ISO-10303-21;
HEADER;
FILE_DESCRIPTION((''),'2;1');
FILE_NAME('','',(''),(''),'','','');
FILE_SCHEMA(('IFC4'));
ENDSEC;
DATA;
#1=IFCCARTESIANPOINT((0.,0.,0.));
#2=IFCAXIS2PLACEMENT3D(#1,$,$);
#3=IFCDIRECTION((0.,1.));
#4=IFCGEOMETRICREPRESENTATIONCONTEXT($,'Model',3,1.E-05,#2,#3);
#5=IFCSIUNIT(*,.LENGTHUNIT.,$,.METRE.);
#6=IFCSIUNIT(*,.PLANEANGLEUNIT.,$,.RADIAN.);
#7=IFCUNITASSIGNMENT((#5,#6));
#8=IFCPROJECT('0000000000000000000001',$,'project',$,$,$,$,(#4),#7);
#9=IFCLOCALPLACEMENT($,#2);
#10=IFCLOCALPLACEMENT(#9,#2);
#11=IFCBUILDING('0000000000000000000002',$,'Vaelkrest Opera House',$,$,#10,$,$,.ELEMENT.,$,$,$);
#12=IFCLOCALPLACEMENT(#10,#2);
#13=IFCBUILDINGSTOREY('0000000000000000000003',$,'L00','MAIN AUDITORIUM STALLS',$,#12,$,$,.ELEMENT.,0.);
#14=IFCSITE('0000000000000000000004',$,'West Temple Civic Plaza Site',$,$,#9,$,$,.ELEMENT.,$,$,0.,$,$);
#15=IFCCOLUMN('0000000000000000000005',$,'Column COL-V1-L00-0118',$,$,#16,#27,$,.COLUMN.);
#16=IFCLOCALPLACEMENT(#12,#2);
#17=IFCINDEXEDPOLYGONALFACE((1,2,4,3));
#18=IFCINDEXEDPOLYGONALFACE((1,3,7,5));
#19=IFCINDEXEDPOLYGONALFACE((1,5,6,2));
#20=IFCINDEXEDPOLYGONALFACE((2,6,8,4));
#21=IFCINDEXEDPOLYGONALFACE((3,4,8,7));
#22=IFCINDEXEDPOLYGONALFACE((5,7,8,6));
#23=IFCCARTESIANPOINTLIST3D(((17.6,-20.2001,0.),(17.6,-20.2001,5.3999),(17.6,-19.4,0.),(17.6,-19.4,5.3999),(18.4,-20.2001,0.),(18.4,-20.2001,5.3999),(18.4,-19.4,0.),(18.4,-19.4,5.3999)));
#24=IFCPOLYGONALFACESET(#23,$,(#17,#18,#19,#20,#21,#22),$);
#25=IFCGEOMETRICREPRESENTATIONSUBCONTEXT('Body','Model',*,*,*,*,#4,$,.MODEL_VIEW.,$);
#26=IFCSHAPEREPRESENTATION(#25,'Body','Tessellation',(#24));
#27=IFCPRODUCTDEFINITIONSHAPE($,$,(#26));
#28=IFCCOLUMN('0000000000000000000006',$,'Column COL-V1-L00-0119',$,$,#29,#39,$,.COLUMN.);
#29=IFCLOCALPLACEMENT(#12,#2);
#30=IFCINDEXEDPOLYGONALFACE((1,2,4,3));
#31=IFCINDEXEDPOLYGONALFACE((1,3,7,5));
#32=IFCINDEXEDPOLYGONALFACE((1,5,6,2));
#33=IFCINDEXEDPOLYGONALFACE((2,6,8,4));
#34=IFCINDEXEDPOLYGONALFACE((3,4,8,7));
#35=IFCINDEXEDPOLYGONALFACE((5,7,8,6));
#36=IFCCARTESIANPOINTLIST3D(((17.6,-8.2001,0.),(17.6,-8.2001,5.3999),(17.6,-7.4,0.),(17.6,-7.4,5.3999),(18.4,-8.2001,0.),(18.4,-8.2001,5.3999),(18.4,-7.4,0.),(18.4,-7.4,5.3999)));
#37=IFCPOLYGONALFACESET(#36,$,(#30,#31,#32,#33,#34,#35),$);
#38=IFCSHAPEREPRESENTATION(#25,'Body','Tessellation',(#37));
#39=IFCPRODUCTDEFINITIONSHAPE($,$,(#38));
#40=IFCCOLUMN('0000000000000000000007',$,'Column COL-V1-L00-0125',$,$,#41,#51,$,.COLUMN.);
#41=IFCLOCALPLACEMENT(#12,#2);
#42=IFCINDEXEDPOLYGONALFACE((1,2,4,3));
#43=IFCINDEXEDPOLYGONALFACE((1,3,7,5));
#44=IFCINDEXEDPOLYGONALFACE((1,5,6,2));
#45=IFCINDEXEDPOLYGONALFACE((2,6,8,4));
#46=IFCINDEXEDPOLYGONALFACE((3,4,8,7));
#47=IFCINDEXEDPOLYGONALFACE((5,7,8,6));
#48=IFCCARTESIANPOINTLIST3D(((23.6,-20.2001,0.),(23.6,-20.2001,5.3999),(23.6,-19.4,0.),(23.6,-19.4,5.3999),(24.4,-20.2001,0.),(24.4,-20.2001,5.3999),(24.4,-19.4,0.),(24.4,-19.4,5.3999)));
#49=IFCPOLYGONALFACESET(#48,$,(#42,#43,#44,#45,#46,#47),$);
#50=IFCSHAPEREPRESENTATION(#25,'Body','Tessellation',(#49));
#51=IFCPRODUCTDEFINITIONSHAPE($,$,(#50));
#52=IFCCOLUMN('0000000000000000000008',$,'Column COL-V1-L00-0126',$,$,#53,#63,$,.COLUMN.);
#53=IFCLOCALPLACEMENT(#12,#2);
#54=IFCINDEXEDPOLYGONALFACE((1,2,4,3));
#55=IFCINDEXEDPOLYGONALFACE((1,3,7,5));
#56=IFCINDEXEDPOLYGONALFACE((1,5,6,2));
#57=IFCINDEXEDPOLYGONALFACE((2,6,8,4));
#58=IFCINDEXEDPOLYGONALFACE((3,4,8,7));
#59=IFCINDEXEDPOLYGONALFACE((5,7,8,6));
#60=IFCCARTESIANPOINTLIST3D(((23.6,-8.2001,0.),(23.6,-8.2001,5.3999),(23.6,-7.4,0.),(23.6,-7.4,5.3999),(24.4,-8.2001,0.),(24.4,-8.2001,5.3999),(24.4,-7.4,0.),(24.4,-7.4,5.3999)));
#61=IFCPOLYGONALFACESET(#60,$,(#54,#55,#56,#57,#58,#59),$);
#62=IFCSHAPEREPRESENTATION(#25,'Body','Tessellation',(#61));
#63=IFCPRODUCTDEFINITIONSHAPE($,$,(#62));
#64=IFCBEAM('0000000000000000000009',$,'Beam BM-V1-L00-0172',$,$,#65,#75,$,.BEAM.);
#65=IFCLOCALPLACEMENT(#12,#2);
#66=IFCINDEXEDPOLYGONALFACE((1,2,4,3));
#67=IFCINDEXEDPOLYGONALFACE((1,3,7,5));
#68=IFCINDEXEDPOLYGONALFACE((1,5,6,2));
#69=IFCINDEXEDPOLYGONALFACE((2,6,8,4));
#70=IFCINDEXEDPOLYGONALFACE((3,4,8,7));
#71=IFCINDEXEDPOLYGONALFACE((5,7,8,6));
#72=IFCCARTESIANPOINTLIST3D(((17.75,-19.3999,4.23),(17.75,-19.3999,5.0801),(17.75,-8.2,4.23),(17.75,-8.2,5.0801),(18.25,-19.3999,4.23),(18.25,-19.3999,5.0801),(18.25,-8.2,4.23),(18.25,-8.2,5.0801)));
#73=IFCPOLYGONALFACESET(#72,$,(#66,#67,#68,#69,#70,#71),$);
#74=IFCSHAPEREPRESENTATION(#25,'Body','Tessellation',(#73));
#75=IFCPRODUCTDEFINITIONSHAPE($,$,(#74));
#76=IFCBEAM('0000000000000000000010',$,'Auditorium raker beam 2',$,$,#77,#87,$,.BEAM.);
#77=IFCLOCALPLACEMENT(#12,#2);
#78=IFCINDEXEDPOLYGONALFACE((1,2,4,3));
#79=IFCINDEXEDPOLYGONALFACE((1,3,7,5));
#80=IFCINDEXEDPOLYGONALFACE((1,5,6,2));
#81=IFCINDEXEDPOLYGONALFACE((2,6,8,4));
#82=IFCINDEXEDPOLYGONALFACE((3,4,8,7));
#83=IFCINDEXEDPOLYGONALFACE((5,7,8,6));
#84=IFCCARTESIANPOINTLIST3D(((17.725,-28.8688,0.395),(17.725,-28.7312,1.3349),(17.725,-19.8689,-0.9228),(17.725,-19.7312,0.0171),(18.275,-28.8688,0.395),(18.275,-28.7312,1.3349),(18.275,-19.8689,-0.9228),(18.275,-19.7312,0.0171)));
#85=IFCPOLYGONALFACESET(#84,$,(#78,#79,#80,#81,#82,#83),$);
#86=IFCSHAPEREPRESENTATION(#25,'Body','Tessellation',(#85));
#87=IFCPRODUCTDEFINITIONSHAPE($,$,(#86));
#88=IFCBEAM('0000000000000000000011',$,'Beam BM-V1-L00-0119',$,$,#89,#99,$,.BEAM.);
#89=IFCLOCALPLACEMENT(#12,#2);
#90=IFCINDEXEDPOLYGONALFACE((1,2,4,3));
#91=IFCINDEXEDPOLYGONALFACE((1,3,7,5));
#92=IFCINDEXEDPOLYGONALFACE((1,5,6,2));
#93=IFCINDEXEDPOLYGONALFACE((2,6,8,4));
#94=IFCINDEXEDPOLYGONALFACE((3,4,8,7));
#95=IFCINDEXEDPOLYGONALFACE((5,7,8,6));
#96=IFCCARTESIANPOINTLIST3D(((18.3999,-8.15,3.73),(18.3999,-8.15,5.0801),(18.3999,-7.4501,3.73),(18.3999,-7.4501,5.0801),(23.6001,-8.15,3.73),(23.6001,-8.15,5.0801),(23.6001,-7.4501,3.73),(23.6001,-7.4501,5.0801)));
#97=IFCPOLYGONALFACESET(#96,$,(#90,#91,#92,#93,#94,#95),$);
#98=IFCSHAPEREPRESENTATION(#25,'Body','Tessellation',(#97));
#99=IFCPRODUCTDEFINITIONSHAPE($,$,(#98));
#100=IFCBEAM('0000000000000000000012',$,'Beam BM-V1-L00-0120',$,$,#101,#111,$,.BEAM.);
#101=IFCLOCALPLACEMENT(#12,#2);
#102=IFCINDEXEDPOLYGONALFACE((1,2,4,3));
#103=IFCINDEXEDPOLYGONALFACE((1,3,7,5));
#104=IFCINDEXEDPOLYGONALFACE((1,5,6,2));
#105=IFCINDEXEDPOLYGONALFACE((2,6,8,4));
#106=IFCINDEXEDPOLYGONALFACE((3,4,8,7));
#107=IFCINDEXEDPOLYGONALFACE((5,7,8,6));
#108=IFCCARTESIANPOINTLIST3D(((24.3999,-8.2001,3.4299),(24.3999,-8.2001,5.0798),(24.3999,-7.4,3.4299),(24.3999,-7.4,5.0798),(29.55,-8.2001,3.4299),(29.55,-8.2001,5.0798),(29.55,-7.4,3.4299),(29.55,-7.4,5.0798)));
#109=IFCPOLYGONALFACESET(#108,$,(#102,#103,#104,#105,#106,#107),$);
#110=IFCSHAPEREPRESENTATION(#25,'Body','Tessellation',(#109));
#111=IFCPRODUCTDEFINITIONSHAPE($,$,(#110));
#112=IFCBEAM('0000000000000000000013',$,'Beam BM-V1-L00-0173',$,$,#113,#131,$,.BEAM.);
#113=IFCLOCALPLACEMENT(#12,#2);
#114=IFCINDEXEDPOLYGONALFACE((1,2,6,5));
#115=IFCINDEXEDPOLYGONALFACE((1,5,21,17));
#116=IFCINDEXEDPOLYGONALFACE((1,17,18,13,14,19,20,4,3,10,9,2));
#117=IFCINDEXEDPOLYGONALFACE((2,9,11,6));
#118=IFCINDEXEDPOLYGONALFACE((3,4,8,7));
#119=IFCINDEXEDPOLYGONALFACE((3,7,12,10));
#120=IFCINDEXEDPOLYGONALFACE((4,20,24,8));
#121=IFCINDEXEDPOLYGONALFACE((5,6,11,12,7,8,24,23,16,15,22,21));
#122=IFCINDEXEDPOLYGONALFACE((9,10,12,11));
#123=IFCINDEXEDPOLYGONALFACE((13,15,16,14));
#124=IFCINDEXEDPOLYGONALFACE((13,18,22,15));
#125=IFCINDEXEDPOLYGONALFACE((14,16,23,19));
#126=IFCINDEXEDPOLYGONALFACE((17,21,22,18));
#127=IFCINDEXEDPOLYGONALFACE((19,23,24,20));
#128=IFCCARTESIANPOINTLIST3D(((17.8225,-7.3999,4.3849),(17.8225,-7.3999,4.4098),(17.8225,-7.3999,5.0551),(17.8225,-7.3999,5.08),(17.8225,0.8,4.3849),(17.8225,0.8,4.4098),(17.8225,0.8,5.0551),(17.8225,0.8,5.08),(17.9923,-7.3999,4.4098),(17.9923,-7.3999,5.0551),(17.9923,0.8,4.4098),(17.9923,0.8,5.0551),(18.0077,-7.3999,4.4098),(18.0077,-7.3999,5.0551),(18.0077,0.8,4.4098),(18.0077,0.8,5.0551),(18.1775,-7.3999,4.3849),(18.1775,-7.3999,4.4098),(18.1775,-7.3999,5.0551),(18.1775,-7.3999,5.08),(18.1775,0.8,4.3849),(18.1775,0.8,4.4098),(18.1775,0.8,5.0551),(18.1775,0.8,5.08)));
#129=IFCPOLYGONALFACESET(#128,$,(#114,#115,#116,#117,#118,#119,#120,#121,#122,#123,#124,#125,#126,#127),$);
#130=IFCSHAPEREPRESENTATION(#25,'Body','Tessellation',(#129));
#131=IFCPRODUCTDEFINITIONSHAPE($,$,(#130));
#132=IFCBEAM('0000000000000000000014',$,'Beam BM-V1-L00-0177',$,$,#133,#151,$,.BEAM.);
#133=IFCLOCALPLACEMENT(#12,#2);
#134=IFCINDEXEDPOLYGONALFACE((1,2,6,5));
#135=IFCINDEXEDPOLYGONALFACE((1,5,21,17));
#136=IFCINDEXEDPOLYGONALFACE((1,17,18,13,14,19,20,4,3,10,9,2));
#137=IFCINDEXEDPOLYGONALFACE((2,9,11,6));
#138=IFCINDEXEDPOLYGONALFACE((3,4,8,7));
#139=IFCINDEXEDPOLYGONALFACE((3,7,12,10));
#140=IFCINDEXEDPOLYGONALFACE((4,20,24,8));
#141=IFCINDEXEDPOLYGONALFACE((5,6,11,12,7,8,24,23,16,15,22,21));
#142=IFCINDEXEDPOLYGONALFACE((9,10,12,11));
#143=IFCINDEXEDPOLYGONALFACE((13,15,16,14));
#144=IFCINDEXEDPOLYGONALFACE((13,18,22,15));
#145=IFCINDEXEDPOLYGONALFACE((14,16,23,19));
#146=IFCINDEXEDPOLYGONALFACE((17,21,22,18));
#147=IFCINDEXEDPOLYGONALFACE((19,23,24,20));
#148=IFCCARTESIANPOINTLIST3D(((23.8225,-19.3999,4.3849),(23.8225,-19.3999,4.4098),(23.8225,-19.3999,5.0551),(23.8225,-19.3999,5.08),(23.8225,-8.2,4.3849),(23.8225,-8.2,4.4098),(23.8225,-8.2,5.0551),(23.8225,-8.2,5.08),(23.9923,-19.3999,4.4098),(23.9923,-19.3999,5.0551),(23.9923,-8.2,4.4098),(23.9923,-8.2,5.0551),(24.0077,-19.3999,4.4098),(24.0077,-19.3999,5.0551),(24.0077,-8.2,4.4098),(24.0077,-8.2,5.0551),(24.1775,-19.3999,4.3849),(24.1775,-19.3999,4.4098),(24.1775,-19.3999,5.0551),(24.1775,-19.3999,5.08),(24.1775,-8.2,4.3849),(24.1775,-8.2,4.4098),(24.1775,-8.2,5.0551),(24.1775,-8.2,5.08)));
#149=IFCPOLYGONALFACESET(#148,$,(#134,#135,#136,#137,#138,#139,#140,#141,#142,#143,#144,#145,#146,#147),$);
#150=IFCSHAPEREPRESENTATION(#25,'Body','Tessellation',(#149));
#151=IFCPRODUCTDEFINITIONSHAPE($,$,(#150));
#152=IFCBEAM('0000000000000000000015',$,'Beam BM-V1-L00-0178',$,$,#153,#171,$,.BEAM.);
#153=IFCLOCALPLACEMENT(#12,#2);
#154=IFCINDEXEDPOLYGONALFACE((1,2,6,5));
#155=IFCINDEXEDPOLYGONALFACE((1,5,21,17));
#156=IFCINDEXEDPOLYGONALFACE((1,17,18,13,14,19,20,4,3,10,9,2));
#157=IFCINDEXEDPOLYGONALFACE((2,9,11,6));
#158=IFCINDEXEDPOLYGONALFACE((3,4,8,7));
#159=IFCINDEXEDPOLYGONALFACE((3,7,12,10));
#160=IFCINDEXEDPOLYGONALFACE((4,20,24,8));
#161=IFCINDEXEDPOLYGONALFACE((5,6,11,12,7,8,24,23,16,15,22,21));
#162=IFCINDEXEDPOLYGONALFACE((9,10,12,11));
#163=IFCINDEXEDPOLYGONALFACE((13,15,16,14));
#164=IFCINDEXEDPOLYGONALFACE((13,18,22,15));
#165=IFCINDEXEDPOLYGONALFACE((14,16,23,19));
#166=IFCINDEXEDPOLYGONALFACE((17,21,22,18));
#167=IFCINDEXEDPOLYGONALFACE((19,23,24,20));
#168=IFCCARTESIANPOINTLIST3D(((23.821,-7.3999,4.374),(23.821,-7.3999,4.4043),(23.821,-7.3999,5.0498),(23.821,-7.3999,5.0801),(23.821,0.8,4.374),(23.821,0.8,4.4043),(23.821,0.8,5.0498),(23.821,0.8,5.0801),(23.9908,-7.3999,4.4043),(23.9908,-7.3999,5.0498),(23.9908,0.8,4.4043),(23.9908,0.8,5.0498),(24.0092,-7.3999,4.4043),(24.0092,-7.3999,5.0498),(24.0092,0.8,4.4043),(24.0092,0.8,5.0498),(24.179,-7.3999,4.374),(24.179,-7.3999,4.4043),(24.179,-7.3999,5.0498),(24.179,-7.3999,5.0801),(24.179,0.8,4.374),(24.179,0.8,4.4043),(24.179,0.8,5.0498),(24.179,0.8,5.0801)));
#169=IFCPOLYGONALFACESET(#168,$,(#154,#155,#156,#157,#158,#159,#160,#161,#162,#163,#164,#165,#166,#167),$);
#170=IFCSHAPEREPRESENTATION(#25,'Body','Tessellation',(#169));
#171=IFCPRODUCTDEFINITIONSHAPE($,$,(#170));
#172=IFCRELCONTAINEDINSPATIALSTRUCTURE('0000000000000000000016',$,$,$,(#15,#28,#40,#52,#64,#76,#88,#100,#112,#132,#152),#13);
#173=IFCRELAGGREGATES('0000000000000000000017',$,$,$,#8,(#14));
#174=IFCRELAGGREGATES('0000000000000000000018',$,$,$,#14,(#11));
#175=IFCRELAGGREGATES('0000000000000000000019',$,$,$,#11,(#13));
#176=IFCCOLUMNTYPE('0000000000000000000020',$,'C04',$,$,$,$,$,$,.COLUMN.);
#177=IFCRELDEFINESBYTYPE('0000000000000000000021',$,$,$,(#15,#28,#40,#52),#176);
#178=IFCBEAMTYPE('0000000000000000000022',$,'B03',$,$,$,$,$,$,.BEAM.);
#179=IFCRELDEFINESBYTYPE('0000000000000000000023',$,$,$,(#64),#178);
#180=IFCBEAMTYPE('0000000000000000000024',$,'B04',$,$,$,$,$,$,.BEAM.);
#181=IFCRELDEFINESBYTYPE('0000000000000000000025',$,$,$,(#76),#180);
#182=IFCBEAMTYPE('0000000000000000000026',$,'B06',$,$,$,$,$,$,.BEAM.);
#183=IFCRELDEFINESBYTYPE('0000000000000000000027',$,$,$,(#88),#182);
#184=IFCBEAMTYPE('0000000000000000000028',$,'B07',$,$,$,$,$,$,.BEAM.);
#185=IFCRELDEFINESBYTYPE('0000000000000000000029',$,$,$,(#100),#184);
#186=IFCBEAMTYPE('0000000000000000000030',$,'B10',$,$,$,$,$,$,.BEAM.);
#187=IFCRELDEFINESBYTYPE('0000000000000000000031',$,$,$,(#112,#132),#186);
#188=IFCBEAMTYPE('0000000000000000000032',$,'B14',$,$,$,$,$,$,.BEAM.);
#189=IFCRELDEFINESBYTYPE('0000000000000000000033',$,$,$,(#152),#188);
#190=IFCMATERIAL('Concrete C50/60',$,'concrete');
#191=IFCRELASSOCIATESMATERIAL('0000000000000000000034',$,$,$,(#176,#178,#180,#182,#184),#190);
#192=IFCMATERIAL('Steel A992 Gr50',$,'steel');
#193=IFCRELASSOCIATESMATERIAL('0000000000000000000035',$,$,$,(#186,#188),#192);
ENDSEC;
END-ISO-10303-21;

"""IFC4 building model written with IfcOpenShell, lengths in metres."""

from ifc_helpers import new_model, si_unit, direction, frame, origin, origin_2d, place, context, subcontext, project, spatial, rectangle, i_section, extrude, material, material_profile, profile_set, type_object, element, save


model = new_model("IFC4")

# Units and contexts
model_context = context("Model", 3, precision=1e-05, world=origin(), true_north=direction((0.0, 1.0)))
body_context = subcontext(model_context, "Body", "Model", "MODEL_VIEW")
ifc_project = project(units=[si_unit("LENGTHUNIT", "METRE"), si_unit("PLANEANGLEUNIT", "RADIAN")], contexts=[model_context])

# Site, building, storey
site_placement = place(None, origin())
site = spatial("IfcSite", under=ifc_project, at=site_placement, Name="West Temple Civic Plaza Site", CompositionType="ELEMENT", RefElevation=0.0)
building_placement = place(site_placement, origin())
building = spatial("IfcBuilding", under=site, at=building_placement, Name="Vaelkrest Opera House", CompositionType="ELEMENT")
storey_placement = place(building_placement, origin())
storey = spatial("IfcBuildingStorey", under=building, at=storey_placement, Name="L00", Description="MAIN AUDITORIUM STALLS", CompositionType="ELEMENT", Elevation=0.0)

# Columns
ifc_material_1 = material(Name="Concrete C50/60", Category="concrete")
ifc_material_profile_1 = material_profile(ifc_material_1, rectangle(XDim=0.8, YDim=0.8, at=origin_2d()), Name="RC800X800")
ifc_profile_set_1 = profile_set([ifc_material_profile_1], Name="Concrete C50/60")
column_type = type_object("IfcColumnType", Name="C04", PredefinedType="COLUMN", material=ifc_profile_set_1)
for number, where, z_axis, x_axis, name in (
    (1, (18.0, -19.8, 0.0), (0.0, 0.0, 1.0), (1.0, 0.0, 0.0), "Column COL-V1-L00-0118"),
    (2, (18.0, -7.8, 0.0), (0.0, 0.0, 1.0), (1.0, 0.0, 0.0), "Column COL-V1-L00-0119"),
    (3, (24.0, -19.8, 0.0), (0.0, 0.0, 1.0), (1.0, 0.0, 0.0), "Column COL-V1-L00-0125"),
    (4, (24.0, -7.8, 0.0), (0.0, 0.0, 1.0), (1.0, 0.0, 0.0), "Column COL-V1-L00-0126"),
):
    element("IfcColumn", number, at=place(storey_placement, frame(where, z_axis=z_axis, x_axis=x_axis)), inside=storey, type_object=column_type, Name=name, PredefinedType="COLUMN", context=body_context, shape_type="SweptSolid", body=[
        extrude(rectangle(XDim=0.8, YDim=0.8, at=origin_2d()), origin(), (0.0, 0.0, 1.0), 5.3999),
    ])

# Beams
ifc_material_profile_2 = material_profile(ifc_material_1, rectangle(XDim=0.5, YDim=0.8501, at=origin_2d()), Name="RCB500X850")
ifc_profile_set_2 = profile_set([ifc_material_profile_2], Name="Concrete C50/60")
beam_type_1 = type_object("IfcBeamType", Name="B03", PredefinedType="BEAM", material=ifc_profile_set_2)
beam_1_placement = place(storey_placement, frame((18.0, -19.3999, 4.655), z_axis=(0.0, 1.0, 0.0), x_axis=(-1.0, 0.0, 0.0)))
element("IfcBeam", 5, at=beam_1_placement, inside=storey, type_object=beam_type_1, Name="Beam BM-V1-L00-0172", PredefinedType="BEAM", context=body_context, shape_type="SweptSolid", body=[
    extrude(rectangle(XDim=0.5, YDim=0.8501, at=origin_2d()), origin(), (0.0, 0.0, 1.0), 11.2),
])
ifc_material_profile_3 = material_profile(ifc_material_1, rectangle(XDim=0.55, YDim=0.95, at=origin_2d()), Name="RCB550X950")
ifc_profile_set_3 = profile_set([ifc_material_profile_3], Name="Concrete C50/60")
beam_type_2 = type_object("IfcBeamType", Name="B04", PredefinedType="BEAM", material=ifc_profile_set_3)
beam_2_placement = place(storey_placement, frame((18.0, -19.8, -0.4529), z_axis=(0.0, -0.989448, 0.144885), x_axis=(1.0, 0.0, 0.0)))
element("IfcBeam", 6, at=beam_2_placement, inside=storey, type_object=beam_type_2, Name="Auditorium raker beam 2", PredefinedType="BEAM", context=body_context, shape_type="SweptSolid", body=[
    extrude(rectangle(XDim=0.55, YDim=0.95, at=origin_2d()), origin(), (0.0, 0.0, 1.0), 9.0959),
])
ifc_material_profile_4 = material_profile(ifc_material_1, rectangle(XDim=0.7, YDim=1.3501, at=origin_2d()), Name="RCB700X1350")
ifc_profile_set_4 = profile_set([ifc_material_profile_4], Name="Concrete C50/60")
beam_type_3 = type_object("IfcBeamType", Name="B06", PredefinedType="BEAM", material=ifc_profile_set_4)
beam_3_placement = place(storey_placement, frame((18.3999, -7.8, 4.405), z_axis=(1.0, 0.0, 0.0), x_axis=(0.0, 1.0, 0.0)))
element("IfcBeam", 7, at=beam_3_placement, inside=storey, type_object=beam_type_3, Name="Beam BM-V1-L00-0119", PredefinedType="BEAM", context=body_context, shape_type="SweptSolid", body=[
    extrude(rectangle(XDim=0.7, YDim=1.3501, at=origin_2d()), origin(), (0.0, 0.0, 1.0), 5.2002),
])
ifc_material_profile_5 = material_profile(ifc_material_1, rectangle(XDim=0.8, YDim=1.6499, at=origin_2d()), Name="RCB800X1650")
ifc_profile_set_5 = profile_set([ifc_material_profile_5], Name="Concrete C50/60")
beam_type_4 = type_object("IfcBeamType", Name="B07", PredefinedType="BEAM", material=ifc_profile_set_5)
beam_4_placement = place(storey_placement, frame((24.3999, -7.8, 4.2549), z_axis=(1.0, 0.0, 0.0), x_axis=(0.0, 1.0, 0.0)))
element("IfcBeam", 8, at=beam_4_placement, inside=storey, type_object=beam_type_4, Name="Beam BM-V1-L00-0120", PredefinedType="BEAM", context=body_context, shape_type="SweptSolid", body=[
    extrude(rectangle(XDim=0.8, YDim=1.6499, at=origin_2d()), origin(), (0.0, 0.0, 1.0), 5.1501),
])
ifc_material_2 = material(Name="Steel A992 Gr50", Category="steel")
ifc_material_profile_6 = material_profile(ifc_material_2, i_section(OverallWidth=0.355, OverallDepth=0.6951, WebThickness=0.0154, FlangeThickness=0.0249, at=origin_2d()), Name="W27X146")
ifc_profile_set_6 = profile_set([ifc_material_profile_6], Name="Steel A992 Gr50")
beam_type_5 = type_object("IfcBeamType", Name="B10", PredefinedType="BEAM", material=ifc_profile_set_6)
beam_5_placement = place(storey_placement, frame((18.0, -7.3999, 4.7324), z_axis=(0.0, 1.0, 0.0), x_axis=(-1.0, 0.0, 0.0)))
element("IfcBeam", 9, at=beam_5_placement, inside=storey, type_object=beam_type_5, Name="Beam BM-V1-L00-0173", PredefinedType="BEAM", context=body_context, shape_type="SweptSolid", body=[
    extrude(i_section(OverallWidth=0.355, OverallDepth=0.6951, WebThickness=0.0154, FlangeThickness=0.0249, at=origin_2d()), origin(), (0.0, 0.0, 1.0), 8.2),
])
beam_6_placement = place(storey_placement, frame((24.0, -19.3999, 4.7324), z_axis=(0.0, 1.0, 0.0), x_axis=(-1.0, 0.0, 0.0)))
element("IfcBeam", 10, at=beam_6_placement, inside=storey, type_object=beam_type_5, Name="Beam BM-V1-L00-0177", PredefinedType="BEAM", context=body_context, shape_type="SweptSolid", body=[
    extrude(i_section(OverallWidth=0.355, OverallDepth=0.6951, WebThickness=0.0154, FlangeThickness=0.0249, at=origin_2d()), origin(), (0.0, 0.0, 1.0), 11.2),
])
ifc_material_profile_7 = material_profile(ifc_material_2, i_section(OverallWidth=0.3579, OverallDepth=0.7061, WebThickness=0.0183, FlangeThickness=0.0303, at=origin_2d()), Name="W27X178")
ifc_profile_set_7 = profile_set([ifc_material_profile_7], Name="Steel A992 Gr50")
beam_type_6 = type_object("IfcBeamType", Name="B14", PredefinedType="BEAM", material=ifc_profile_set_7)
beam_7_placement = place(storey_placement, frame((24.0, -7.3999, 4.7271), z_axis=(0.0, 1.0, 0.0), x_axis=(-1.0, 0.0, 0.0)))
element("IfcBeam", 11, at=beam_7_placement, inside=storey, type_object=beam_type_6, Name="Beam BM-V1-L00-0178", PredefinedType="BEAM", context=body_context, shape_type="SweptSolid", body=[
    extrude(i_section(OverallWidth=0.3579, OverallDepth=0.7061, WebThickness=0.0183, FlangeThickness=0.0303, at=origin_2d()), origin(), (0.0, 0.0, 1.0), 8.2),
])

save(model, "model.ifc")
